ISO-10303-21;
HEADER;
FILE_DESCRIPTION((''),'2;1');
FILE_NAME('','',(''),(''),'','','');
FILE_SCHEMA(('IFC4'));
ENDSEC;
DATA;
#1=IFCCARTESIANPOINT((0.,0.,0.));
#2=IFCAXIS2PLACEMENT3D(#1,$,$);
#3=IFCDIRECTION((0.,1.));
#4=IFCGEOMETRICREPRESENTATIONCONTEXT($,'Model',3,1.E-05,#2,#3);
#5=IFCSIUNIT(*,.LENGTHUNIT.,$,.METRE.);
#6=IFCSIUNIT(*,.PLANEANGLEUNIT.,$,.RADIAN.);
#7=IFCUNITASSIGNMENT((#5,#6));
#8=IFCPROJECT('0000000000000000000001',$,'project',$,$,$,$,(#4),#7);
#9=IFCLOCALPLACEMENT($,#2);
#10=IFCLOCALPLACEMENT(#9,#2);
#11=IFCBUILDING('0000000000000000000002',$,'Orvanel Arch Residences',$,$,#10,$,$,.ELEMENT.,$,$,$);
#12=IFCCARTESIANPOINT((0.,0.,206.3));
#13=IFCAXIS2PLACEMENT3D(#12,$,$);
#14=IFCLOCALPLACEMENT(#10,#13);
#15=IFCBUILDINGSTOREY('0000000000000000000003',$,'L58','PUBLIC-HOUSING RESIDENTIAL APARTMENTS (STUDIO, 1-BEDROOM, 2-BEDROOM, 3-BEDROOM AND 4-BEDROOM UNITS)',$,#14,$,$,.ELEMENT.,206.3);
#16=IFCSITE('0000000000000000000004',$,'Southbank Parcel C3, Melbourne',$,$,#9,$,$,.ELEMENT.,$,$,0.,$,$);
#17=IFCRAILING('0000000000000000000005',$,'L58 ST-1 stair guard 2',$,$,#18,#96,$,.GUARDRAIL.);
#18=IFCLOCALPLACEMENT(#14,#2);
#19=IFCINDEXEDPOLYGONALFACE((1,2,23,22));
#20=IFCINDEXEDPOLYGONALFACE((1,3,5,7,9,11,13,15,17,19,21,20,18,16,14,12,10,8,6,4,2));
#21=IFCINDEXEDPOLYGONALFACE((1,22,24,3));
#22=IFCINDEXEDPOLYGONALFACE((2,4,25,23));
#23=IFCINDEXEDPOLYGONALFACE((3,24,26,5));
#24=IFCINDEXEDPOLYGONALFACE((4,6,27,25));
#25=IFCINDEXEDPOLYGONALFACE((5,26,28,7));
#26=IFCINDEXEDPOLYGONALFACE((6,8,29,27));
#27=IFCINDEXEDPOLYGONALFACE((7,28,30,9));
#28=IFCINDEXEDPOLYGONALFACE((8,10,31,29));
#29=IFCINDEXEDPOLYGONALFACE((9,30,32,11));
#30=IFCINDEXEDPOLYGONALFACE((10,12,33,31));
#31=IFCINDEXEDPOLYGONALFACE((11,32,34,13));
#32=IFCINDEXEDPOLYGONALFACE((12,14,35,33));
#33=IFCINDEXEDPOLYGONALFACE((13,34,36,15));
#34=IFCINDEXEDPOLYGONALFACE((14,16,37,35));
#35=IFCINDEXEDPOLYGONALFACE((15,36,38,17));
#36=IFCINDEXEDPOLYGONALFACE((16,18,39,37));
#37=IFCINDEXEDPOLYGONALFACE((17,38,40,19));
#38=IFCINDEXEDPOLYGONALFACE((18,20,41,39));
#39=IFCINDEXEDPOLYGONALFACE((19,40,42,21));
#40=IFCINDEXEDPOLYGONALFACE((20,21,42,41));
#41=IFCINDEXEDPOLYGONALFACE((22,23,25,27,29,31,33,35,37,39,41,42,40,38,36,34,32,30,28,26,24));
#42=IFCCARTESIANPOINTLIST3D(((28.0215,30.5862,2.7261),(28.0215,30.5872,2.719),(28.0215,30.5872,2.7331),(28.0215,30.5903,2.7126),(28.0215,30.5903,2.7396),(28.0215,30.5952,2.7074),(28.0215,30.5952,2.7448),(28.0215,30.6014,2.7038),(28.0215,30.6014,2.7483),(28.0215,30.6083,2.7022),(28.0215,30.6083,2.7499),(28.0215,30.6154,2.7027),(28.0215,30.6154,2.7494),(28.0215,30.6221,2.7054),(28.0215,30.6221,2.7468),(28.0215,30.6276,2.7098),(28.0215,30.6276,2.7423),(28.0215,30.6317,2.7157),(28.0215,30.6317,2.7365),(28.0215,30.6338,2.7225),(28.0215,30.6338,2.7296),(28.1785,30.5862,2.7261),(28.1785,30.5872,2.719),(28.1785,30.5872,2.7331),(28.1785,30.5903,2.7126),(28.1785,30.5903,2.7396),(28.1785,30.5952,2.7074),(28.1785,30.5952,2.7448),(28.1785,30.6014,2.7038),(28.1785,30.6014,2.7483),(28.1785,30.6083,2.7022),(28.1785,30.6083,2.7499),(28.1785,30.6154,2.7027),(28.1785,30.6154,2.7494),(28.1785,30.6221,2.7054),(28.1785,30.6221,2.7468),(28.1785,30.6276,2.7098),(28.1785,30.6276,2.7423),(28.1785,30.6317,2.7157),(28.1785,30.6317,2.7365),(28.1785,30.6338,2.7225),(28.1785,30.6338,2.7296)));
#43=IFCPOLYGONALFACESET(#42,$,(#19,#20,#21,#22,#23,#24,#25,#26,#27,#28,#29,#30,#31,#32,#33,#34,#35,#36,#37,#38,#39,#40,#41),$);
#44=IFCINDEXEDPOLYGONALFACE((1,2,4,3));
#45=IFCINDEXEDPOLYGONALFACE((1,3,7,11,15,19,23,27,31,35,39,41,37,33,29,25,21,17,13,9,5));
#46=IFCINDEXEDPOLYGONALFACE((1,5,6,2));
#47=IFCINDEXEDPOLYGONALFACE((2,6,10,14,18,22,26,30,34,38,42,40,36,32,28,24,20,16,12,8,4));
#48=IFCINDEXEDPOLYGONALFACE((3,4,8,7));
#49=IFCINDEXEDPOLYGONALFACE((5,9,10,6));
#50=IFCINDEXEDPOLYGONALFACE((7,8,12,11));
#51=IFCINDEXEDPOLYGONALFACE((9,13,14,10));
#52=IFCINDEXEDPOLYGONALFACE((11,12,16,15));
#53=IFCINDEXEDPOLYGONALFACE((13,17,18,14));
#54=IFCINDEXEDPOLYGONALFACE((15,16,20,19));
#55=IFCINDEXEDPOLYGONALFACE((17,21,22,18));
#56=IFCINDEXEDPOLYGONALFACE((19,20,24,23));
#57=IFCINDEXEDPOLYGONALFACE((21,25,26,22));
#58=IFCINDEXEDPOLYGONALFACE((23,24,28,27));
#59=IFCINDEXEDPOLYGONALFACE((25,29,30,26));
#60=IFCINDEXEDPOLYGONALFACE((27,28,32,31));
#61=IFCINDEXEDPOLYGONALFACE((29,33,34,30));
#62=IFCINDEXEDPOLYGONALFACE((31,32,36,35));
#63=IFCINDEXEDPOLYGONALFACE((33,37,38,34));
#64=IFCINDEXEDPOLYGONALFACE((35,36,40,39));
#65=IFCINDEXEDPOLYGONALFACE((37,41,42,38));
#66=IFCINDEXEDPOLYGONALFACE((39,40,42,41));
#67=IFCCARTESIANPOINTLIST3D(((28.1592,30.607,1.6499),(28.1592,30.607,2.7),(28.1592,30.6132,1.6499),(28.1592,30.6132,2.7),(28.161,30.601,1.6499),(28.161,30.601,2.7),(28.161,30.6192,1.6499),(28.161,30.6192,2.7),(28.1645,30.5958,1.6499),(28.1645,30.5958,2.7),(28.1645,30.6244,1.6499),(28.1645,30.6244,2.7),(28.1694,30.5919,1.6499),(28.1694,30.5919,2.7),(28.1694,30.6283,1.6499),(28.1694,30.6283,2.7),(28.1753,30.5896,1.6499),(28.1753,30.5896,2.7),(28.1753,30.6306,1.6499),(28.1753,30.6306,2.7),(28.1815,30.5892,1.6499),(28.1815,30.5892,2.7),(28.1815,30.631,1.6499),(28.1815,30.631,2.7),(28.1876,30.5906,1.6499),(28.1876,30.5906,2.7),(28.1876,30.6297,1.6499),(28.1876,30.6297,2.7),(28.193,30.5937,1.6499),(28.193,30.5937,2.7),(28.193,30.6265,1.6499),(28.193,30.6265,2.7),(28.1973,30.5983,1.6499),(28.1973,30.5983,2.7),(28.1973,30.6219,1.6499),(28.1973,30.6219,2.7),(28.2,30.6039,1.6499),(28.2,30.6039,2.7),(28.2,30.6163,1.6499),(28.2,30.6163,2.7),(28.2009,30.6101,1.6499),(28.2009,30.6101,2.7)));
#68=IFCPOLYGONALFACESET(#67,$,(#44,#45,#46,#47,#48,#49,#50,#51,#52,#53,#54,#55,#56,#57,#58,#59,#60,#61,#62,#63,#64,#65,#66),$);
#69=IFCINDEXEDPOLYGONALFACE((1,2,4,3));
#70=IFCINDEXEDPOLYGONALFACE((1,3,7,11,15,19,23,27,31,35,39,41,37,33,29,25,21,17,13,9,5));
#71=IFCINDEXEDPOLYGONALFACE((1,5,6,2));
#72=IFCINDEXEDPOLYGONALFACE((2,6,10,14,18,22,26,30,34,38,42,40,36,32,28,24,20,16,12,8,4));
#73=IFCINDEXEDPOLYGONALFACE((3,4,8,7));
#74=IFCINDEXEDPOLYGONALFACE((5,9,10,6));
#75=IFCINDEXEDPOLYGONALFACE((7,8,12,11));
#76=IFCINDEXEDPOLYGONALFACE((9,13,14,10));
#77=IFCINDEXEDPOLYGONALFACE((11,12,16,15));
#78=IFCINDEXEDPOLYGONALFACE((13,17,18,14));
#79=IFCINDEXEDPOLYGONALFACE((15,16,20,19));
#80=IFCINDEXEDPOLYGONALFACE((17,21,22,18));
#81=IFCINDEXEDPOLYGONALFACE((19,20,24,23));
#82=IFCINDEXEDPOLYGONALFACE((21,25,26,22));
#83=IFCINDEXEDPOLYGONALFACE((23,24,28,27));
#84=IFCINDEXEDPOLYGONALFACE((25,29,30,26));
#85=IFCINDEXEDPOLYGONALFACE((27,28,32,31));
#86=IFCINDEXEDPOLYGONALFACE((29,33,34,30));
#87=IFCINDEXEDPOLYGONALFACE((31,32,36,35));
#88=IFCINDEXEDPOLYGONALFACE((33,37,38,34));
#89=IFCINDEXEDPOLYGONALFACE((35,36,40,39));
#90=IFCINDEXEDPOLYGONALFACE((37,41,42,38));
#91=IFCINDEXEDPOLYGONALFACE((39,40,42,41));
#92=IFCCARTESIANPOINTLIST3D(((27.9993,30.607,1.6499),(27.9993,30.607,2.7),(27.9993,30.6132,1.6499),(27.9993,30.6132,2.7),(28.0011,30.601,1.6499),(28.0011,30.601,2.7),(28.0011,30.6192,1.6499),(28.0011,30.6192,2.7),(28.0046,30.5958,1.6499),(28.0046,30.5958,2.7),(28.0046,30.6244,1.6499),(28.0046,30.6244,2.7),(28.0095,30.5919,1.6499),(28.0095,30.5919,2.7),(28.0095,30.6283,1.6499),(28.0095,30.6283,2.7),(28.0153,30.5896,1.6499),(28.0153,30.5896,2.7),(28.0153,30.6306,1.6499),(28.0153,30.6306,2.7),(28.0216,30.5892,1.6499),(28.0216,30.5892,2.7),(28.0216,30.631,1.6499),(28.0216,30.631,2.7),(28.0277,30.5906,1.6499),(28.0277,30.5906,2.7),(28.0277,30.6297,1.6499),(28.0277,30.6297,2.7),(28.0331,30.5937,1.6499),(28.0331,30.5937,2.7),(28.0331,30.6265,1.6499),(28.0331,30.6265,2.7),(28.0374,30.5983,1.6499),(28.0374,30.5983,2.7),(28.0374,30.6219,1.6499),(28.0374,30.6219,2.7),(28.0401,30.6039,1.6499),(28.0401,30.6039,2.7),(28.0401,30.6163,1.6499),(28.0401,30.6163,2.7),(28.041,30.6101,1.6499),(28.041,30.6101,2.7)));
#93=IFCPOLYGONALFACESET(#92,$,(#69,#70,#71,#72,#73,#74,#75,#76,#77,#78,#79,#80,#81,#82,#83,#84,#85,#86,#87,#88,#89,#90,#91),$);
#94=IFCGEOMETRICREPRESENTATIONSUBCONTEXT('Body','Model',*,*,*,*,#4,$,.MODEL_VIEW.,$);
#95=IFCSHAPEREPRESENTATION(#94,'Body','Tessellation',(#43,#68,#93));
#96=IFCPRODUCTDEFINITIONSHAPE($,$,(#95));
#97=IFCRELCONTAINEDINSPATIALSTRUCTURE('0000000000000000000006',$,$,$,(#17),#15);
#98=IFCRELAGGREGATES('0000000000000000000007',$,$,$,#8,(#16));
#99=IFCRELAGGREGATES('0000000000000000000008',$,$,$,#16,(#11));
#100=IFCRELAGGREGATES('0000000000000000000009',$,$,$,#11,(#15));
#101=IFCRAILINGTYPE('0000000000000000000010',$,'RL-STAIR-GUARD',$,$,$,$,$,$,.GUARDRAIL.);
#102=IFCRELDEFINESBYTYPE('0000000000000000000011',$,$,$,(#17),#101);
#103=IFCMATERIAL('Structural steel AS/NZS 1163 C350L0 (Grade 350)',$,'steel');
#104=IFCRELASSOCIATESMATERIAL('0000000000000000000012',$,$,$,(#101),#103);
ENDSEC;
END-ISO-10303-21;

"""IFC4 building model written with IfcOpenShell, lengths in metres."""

from ifc_helpers import new_model, si_unit, direction, frame, origin, origin_2d, place, context, subcontext, project, spatial, circle, extrude, material, type_object, element, save


model = new_model("IFC4")

# Units and contexts
model_context = context("Model", 3, precision=1e-05, world=origin(), true_north=direction((0.0, 1.0)))
body_context = subcontext(model_context, "Body", "Model", "MODEL_VIEW")
ifc_project = project(units=[si_unit("LENGTHUNIT", "METRE"), si_unit("PLANEANGLEUNIT", "RADIAN")], contexts=[model_context])

# Site, building, storey
site_placement = place(None, origin())
site = spatial("IfcSite", under=ifc_project, at=site_placement, Name="Southbank Parcel C3, Melbourne", CompositionType="ELEMENT", RefElevation=0.0)
building_placement = place(site_placement, origin())
building = spatial("IfcBuilding", under=site, at=building_placement, Name="Orvanel Arch Residences", CompositionType="ELEMENT")
storey_placement = place(building_placement, frame((0.0, 0.0, 206.3)))
storey = spatial("IfcBuildingStorey", under=building, at=storey_placement, Name="L58", Description="PUBLIC-HOUSING RESIDENTIAL APARTMENTS (STUDIO, 1-BEDROOM, 2-BEDROOM, 3-BEDROOM AND 4-BEDROOM UNITS)", CompositionType="ELEMENT", Elevation=206.3)

# Railing
ifc_material_1 = material(Name="Structural steel AS/NZS 1163 C350L0 (Grade 350)", Category="steel")
railing_type_1 = type_object("IfcRailingType", Name="RL-STAIR-GUARD", PredefinedType="GUARDRAIL", material=ifc_material_1)
railing_1_placement = place(storey_placement, frame((28.1799, 30.6101, 1.6499)))
element("IfcRailing", 1, at=railing_1_placement, inside=storey, type_object=railing_type_1, Name="L58 ST-1 stair guard 2", PredefinedType="GUARDRAIL", context=body_context, shape_type="SweptSolid", body=[
    extrude(circle(Radius=0.0239, at=origin_2d()), frame((-0.0015, 0.0, 1.0762), z_axis=(-1.0, 0.0, 0.0), x_axis=(0.0, -1.0, 0.0)), (0.0, 0.0, 1.0), 0.157),
    extrude(circle(Radius=0.021, at=origin_2d()), origin(), (0.0, 0.0, 1.0), 1.05),
    extrude(circle(Radius=0.021, at=origin_2d()), frame((-0.1599, 0.0, 0.0)), (0.0, 0.0, 1.0), 1.05),
])

save(model, "model.ifc")
